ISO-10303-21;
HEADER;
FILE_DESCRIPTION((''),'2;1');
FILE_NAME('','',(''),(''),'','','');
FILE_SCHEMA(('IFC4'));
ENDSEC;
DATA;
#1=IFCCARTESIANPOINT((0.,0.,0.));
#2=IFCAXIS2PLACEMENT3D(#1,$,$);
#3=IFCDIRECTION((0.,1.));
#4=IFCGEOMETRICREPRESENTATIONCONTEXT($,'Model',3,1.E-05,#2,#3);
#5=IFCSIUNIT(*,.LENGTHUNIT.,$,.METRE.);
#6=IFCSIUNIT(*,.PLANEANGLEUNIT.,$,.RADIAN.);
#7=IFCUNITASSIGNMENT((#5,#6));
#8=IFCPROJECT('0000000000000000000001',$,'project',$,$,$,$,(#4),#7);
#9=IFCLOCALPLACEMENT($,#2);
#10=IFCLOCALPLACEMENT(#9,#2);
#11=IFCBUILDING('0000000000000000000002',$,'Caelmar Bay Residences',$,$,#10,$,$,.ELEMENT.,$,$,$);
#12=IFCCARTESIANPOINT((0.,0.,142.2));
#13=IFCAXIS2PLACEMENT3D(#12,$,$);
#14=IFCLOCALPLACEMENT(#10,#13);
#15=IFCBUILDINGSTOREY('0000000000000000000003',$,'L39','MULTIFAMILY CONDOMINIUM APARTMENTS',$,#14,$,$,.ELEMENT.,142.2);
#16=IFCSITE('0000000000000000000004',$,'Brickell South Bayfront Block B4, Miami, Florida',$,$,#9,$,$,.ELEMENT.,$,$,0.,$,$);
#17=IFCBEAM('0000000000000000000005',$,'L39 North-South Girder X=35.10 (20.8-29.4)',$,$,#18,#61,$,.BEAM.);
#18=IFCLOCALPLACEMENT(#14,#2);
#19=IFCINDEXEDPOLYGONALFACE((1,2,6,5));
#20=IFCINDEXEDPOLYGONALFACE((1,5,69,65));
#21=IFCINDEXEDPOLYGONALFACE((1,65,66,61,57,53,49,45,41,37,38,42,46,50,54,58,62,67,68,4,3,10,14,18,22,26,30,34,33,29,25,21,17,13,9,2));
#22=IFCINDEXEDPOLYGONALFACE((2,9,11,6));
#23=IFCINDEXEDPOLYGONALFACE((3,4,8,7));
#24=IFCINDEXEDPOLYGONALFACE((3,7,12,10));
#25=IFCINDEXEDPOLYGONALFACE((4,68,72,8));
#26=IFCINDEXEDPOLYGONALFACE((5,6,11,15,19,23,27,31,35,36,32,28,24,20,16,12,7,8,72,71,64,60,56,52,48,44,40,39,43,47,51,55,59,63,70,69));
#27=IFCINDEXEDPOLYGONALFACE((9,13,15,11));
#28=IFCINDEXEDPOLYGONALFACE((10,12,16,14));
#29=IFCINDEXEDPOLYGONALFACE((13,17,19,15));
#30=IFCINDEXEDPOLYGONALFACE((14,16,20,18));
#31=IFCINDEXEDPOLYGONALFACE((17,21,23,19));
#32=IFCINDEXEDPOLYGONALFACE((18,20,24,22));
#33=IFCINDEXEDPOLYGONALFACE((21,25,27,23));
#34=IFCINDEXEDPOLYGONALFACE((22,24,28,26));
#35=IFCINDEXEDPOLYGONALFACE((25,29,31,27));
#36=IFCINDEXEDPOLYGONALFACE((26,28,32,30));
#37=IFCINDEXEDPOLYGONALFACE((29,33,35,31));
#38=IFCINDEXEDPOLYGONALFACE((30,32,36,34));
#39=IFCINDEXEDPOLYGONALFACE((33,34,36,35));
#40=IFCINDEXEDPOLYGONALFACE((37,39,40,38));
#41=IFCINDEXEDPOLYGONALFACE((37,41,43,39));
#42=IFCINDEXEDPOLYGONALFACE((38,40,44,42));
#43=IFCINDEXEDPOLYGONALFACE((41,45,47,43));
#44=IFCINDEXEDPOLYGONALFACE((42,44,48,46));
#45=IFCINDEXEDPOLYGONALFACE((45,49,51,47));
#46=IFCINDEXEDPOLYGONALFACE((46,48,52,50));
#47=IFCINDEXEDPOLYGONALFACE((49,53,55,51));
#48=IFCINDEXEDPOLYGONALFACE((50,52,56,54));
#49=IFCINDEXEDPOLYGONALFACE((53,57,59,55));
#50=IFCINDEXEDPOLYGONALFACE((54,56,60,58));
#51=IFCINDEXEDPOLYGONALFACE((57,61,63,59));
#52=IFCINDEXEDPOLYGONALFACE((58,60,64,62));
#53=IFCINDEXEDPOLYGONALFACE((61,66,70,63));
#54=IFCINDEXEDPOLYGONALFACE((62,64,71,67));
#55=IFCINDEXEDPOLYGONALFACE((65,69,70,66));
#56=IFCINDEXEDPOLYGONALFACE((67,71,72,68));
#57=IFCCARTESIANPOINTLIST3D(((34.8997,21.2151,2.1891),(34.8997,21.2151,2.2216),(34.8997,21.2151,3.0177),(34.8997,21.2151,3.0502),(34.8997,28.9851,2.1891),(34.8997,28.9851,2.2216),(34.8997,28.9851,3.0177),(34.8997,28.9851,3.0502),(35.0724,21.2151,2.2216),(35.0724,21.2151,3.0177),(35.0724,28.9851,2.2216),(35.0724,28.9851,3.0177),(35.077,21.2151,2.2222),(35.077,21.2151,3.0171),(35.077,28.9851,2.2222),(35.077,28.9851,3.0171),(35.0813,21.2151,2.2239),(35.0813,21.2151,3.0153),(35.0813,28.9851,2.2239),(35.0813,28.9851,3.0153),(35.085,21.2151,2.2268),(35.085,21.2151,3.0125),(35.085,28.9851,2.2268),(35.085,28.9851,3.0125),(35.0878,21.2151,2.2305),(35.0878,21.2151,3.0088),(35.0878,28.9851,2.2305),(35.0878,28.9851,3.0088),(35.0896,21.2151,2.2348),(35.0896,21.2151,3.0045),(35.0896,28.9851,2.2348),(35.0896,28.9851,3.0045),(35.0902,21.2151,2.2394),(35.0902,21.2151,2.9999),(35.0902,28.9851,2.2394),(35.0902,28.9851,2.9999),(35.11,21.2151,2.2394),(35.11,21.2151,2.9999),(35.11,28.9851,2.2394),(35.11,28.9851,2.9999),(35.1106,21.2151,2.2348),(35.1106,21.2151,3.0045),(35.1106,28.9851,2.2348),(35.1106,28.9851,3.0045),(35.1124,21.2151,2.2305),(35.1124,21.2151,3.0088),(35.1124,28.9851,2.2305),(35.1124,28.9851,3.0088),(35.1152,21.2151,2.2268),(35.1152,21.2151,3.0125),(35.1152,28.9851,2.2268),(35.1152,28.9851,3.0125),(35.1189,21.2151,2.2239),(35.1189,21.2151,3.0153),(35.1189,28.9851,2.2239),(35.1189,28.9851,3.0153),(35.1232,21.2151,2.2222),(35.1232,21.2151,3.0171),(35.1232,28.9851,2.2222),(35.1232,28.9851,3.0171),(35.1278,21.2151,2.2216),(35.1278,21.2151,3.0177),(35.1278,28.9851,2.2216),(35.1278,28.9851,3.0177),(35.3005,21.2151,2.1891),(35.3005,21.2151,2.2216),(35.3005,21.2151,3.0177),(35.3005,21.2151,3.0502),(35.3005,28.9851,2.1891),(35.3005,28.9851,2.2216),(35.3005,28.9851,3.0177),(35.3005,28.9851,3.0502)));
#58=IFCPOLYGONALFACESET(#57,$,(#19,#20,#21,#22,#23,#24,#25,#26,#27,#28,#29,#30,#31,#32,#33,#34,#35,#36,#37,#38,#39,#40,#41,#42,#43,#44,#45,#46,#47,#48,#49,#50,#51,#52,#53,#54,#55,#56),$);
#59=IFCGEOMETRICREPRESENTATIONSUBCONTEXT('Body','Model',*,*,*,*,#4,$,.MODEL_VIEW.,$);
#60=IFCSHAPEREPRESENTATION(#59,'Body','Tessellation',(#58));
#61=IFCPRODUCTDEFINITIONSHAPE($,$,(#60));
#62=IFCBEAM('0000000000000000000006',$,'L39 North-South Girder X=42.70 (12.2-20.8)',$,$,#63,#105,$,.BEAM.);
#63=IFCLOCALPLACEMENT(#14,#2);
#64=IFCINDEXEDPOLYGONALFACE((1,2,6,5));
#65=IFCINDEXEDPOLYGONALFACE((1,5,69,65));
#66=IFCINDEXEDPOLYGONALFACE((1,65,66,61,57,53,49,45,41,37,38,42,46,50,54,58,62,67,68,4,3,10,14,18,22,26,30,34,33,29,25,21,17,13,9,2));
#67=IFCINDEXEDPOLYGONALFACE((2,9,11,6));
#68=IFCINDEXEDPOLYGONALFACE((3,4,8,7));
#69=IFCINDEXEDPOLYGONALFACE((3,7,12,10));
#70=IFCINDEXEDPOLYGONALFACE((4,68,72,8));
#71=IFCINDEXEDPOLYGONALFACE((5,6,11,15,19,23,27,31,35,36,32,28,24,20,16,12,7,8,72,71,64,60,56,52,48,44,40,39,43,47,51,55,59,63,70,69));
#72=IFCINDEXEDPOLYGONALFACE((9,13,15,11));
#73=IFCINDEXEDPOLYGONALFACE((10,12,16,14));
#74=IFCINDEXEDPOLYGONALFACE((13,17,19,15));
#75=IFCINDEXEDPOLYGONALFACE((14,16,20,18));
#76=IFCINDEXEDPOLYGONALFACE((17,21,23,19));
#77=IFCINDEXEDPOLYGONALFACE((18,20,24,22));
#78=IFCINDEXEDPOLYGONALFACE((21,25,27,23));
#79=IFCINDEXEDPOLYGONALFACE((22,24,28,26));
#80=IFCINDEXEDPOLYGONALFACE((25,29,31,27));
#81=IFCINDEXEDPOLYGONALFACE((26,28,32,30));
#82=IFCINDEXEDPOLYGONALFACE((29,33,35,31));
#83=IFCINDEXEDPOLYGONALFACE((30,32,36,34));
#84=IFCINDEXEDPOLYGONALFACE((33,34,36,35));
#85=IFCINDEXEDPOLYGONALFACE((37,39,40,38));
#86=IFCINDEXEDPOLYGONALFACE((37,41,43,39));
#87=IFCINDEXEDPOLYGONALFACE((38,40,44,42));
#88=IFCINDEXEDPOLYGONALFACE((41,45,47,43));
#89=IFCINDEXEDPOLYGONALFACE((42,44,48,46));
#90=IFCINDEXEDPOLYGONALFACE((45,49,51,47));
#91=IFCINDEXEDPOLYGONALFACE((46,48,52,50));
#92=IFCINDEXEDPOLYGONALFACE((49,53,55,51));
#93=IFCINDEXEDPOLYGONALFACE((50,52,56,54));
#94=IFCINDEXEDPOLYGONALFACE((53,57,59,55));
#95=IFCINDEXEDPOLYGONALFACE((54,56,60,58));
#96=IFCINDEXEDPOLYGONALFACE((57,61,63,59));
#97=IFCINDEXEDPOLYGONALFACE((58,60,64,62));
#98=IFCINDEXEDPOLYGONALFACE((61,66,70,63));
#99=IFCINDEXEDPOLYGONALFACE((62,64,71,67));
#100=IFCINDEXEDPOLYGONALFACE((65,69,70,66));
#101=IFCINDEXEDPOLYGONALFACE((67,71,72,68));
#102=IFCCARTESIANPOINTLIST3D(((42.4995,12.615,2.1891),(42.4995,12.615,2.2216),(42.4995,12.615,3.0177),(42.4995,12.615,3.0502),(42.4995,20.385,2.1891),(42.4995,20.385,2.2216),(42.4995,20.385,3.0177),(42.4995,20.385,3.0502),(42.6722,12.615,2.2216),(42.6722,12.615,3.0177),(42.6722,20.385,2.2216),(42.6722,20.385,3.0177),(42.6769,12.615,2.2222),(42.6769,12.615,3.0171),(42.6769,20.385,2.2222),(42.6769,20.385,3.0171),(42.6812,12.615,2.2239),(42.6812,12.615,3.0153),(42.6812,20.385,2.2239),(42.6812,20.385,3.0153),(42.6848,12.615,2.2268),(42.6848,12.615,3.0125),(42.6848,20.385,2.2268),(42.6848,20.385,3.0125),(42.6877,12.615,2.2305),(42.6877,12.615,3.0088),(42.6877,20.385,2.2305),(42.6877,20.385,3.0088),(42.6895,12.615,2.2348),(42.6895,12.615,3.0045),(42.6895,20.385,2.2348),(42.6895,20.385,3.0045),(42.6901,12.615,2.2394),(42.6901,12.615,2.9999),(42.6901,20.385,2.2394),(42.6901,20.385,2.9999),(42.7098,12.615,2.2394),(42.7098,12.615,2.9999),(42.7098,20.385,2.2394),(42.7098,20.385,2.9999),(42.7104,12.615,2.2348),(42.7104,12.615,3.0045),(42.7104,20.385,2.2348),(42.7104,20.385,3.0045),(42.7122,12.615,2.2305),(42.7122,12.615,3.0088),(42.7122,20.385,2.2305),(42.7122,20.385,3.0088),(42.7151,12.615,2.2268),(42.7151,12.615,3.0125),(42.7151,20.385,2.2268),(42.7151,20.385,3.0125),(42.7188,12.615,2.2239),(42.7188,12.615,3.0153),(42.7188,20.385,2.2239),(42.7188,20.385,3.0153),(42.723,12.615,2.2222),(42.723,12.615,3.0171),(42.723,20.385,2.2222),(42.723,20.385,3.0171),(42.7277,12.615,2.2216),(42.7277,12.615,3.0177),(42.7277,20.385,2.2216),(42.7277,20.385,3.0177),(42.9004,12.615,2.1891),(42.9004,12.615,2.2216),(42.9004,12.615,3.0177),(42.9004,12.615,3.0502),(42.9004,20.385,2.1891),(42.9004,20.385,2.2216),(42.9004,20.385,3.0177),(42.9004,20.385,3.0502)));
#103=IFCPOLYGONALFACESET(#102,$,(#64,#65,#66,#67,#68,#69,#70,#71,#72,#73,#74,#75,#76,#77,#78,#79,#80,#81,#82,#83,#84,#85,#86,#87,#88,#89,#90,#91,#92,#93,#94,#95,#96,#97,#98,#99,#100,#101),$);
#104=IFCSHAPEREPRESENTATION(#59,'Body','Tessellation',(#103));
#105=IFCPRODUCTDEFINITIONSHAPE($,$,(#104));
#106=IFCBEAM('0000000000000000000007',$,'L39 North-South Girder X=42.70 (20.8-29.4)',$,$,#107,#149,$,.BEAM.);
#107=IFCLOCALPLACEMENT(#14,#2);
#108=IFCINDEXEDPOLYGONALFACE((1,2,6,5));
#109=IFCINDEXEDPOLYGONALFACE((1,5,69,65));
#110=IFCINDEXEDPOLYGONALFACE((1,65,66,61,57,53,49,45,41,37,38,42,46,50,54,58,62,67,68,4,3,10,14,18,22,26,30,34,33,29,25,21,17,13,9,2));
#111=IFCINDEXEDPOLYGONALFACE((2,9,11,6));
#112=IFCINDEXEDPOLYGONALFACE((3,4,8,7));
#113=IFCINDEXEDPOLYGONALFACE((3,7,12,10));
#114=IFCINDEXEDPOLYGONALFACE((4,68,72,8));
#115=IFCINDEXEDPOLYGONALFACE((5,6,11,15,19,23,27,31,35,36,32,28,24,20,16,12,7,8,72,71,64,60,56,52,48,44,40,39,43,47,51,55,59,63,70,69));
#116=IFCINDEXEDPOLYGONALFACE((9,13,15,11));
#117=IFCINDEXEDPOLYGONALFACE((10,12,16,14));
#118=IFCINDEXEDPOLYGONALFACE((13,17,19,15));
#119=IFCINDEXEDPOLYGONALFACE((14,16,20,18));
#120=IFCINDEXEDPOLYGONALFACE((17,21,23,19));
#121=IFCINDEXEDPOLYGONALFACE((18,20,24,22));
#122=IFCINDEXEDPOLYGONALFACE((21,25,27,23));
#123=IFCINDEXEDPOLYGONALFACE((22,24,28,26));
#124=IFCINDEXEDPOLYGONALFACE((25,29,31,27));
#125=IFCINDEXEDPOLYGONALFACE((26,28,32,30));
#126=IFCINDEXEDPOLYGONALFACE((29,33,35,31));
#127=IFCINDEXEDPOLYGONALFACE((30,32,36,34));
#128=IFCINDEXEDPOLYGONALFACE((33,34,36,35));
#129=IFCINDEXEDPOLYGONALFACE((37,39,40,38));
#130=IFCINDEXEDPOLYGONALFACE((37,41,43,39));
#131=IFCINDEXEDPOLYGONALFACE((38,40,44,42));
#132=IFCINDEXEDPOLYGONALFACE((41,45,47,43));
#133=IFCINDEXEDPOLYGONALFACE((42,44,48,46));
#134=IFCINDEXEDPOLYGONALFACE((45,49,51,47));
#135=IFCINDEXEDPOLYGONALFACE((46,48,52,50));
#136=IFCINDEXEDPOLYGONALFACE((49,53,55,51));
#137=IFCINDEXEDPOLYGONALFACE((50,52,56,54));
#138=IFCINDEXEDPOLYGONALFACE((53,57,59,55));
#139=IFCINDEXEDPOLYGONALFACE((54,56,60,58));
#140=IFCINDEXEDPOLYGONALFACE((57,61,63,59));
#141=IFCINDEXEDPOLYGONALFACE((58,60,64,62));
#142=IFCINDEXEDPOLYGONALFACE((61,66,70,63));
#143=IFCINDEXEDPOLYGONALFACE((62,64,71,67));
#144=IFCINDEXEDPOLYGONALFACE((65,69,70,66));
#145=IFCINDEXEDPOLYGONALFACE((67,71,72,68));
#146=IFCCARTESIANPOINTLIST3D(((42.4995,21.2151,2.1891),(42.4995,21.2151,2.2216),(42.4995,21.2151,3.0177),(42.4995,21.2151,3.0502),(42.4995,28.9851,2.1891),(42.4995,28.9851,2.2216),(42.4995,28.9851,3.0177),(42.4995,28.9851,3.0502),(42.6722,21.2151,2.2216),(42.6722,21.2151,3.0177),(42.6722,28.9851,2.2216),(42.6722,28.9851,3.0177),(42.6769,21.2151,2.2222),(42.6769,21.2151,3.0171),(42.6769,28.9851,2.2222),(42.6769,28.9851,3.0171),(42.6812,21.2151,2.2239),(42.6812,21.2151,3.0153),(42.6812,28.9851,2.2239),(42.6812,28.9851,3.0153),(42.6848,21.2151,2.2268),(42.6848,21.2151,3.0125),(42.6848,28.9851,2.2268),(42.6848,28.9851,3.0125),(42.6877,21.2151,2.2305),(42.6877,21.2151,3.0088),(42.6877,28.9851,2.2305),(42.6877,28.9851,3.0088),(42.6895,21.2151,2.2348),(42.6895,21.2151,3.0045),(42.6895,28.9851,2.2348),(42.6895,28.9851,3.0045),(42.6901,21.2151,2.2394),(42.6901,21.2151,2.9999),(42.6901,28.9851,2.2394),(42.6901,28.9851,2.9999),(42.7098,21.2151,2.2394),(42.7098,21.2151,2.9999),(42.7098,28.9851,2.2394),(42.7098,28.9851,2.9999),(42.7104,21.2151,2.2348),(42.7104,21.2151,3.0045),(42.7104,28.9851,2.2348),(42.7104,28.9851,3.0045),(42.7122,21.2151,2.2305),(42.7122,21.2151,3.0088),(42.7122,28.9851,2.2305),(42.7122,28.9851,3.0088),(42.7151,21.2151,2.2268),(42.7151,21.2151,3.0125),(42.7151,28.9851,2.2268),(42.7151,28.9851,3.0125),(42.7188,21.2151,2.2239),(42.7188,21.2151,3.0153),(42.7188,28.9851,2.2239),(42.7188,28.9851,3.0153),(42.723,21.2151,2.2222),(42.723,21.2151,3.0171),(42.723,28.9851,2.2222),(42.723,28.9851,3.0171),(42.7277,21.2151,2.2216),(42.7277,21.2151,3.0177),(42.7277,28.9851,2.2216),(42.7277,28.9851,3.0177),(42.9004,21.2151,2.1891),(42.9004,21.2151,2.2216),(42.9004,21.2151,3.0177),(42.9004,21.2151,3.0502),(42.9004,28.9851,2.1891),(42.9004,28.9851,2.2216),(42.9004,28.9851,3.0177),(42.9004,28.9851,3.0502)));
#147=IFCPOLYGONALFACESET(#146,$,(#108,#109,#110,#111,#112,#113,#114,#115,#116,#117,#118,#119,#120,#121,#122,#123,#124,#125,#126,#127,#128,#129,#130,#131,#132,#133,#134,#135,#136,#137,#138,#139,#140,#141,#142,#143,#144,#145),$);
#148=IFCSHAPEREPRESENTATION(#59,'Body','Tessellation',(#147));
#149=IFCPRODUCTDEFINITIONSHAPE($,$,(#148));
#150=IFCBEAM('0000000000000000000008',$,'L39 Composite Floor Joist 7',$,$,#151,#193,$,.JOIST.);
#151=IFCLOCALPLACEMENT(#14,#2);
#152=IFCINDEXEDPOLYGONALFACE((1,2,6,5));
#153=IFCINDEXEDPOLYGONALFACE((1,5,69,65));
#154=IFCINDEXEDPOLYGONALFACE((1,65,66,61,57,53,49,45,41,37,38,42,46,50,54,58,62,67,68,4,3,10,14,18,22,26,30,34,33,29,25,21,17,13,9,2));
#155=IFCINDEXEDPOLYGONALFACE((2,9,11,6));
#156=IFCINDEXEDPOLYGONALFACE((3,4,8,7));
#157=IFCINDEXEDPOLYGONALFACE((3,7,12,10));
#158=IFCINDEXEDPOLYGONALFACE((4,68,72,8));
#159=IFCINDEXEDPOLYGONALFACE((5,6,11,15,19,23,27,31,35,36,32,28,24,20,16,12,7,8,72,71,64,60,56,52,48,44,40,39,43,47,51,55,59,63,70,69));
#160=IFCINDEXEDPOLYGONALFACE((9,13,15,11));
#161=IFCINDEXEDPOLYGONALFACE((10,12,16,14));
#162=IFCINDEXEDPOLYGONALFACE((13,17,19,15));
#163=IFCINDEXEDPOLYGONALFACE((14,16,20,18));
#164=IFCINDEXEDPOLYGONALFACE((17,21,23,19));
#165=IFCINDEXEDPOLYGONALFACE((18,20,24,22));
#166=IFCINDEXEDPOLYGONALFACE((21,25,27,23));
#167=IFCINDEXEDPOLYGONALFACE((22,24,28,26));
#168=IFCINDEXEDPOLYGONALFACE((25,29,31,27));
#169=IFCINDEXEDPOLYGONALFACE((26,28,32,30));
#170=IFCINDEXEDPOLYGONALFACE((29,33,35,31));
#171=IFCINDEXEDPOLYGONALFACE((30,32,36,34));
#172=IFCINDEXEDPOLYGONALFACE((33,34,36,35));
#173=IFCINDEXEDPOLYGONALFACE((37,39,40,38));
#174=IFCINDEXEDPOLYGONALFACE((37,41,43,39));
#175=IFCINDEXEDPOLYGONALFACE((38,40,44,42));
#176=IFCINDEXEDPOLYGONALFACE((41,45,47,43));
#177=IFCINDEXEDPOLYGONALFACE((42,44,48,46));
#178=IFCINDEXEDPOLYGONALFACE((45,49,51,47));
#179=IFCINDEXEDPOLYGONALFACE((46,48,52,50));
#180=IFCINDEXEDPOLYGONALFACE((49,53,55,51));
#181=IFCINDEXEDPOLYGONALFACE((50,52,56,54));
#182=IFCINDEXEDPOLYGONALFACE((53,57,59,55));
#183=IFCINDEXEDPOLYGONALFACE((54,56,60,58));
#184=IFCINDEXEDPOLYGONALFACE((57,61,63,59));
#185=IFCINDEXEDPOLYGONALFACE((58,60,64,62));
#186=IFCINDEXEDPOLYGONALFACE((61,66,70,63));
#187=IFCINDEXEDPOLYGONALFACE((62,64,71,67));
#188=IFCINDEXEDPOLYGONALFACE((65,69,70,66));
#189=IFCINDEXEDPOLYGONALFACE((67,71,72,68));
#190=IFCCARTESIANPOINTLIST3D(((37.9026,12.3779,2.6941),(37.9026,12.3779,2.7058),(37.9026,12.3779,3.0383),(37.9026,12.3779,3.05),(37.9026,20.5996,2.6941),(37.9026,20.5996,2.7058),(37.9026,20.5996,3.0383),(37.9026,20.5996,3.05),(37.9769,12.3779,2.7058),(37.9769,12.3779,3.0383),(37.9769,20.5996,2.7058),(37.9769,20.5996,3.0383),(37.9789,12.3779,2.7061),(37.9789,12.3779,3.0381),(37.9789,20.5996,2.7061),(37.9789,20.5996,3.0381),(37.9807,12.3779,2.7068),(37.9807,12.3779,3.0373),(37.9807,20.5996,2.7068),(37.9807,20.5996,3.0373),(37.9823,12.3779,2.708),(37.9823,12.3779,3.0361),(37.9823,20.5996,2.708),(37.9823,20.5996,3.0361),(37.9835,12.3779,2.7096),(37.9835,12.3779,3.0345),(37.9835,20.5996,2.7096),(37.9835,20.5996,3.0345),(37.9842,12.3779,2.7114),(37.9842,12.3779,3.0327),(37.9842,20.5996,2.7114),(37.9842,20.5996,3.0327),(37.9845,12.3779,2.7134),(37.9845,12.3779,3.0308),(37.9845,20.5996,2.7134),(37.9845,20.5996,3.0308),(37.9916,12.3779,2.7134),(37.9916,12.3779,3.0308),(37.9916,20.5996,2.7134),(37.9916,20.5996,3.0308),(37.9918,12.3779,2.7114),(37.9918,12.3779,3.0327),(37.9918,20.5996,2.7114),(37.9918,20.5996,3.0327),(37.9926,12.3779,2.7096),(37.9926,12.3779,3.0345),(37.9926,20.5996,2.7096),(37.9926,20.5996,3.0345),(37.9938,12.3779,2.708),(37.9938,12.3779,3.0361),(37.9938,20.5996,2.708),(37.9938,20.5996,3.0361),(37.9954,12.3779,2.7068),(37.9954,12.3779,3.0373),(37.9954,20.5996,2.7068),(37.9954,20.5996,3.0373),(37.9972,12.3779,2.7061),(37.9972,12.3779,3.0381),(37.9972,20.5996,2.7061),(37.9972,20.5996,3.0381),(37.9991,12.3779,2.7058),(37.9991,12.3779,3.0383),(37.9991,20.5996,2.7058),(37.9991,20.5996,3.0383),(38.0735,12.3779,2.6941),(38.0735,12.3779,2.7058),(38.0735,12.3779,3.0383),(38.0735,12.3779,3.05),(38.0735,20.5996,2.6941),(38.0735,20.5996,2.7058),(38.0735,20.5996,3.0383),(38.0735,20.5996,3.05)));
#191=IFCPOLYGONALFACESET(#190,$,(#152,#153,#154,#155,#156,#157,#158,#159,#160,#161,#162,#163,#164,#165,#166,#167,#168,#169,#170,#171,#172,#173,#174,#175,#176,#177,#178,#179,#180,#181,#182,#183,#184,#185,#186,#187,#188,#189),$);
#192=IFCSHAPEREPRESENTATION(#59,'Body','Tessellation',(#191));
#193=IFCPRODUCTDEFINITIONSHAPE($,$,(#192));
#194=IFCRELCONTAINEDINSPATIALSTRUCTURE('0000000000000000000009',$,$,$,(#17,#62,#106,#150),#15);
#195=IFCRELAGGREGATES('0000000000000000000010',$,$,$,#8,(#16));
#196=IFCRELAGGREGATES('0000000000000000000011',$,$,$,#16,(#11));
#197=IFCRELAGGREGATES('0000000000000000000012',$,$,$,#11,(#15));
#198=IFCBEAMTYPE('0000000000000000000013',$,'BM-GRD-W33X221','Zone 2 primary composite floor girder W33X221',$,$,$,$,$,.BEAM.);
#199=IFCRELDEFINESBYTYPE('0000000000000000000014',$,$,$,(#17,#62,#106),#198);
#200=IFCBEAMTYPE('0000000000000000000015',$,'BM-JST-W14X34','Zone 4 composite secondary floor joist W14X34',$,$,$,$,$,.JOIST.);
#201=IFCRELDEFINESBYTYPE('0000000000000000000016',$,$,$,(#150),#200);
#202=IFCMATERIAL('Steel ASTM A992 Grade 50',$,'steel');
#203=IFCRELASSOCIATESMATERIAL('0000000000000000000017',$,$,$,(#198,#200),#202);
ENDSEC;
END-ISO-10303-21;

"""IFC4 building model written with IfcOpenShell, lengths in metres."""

from ifc_helpers import new_model, si_unit, direction, frame, origin, origin_2d, place, context, subcontext, project, spatial, i_section, extrude, material, material_profile, profile_set, type_object, element, save


model = new_model("IFC4")

# Units and contexts
model_context = context("Model", 3, precision=1e-05, world=origin(), true_north=direction((0.0, 1.0)))
body_context = subcontext(model_context, "Body", "Model", "MODEL_VIEW")
ifc_project = project(units=[si_unit("LENGTHUNIT", "METRE"), si_unit("PLANEANGLEUNIT", "RADIAN")], contexts=[model_context])

# Site, building, storey
site_placement = place(None, origin())
site = spatial("IfcSite", under=ifc_project, at=site_placement, Name="Brickell South Bayfront Block B4, Miami, Florida", CompositionType="ELEMENT", RefElevation=0.0)
building_placement = place(site_placement, origin())
building = spatial("IfcBuilding", under=site, at=building_placement, Name="Caelmar Bay Residences", CompositionType="ELEMENT")
storey_placement = place(building_placement, frame((0.0, 0.0, 142.2)))
storey = spatial("IfcBuildingStorey", under=building, at=storey_placement, Name="L39", Description="MULTIFAMILY CONDOMINIUM APARTMENTS", CompositionType="ELEMENT", Elevation=142.2)

# Beams
ifc_material_1 = material(Name="Steel ASTM A992 Grade 50", Category="steel")
ifc_material_profile_1 = material_profile(ifc_material_1, i_section(OverallWidth=0.4009, OverallDepth=0.8611, WebThickness=0.0198, FlangeThickness=0.0325, FilletRadius=0.0178, at=origin_2d()), Name="W33X221")
ifc_profile_set_1 = profile_set([ifc_material_profile_1], Name="Steel ASTM A992 Grade 50")
beam_type_1 = type_object("IfcBeamType", Name="BM-GRD-W33X221", Description="Zone 2 primary composite floor girder W33X221", PredefinedType="BEAM", material=ifc_profile_set_1)
for number, where, z_axis, x_axis, name in (
    (1, (35.1001, 21.2151, 2.6196), (0.0, 1.0, 0.0), (-1.0, 0.0, 0.0), "L39 North-South Girder X=35.10 (20.8-29.4)"),
    (2, (42.7, 12.615, 2.6196), (0.0, 1.0, 0.0), (-1.0, 0.0, 0.0), "L39 North-South Girder X=42.70 (12.2-20.8)"),
    (3, (42.7, 21.2151, 2.6196), (0.0, 1.0, 0.0), (-1.0, 0.0, 0.0), "L39 North-South Girder X=42.70 (20.8-29.4)"),
):
    element("IfcBeam", number, at=place(storey_placement, frame(where, z_axis=z_axis, x_axis=x_axis)), inside=storey, type_object=beam_type_1, Name=name, PredefinedType="BEAM", context=body_context, shape_type="SweptSolid", body=[
        extrude(i_section(OverallWidth=0.4009, OverallDepth=0.8611, WebThickness=0.0198, FlangeThickness=0.0325, FilletRadius=0.0178, at=origin_2d()), origin(), (0.0, 0.0, 1.0), 7.77),
    ])
ifc_material_profile_2 = material_profile(ifc_material_1, i_section(OverallWidth=0.1709, OverallDepth=0.356, WebThickness=0.0071, FlangeThickness=0.0117, FilletRadius=0.0076, at=origin_2d()), Name="W14X34")
ifc_profile_set_2 = profile_set([ifc_material_profile_2], Name="Steel ASTM A992 Grade 50")
beam_type_2 = type_object("IfcBeamType", Name="BM-JST-W14X34", Description="Zone 4 composite secondary floor joist W14X34", PredefinedType="JOIST", material=ifc_profile_set_2)
for number, where, z_axis, x_axis, name in (
    (4, (37.988, 12.3779, 2.8721), (0.0, 1.0, 0.0), (-1.0, 0.0, 0.0), "L39 Composite Floor Joist 7"),
):
    element("IfcBeam", number, at=place(storey_placement, frame(where, z_axis=z_axis, x_axis=x_axis)), inside=storey, type_object=beam_type_2, Name=name, PredefinedType="JOIST", context=body_context, shape_type="SweptSolid", body=[
        extrude(i_section(OverallWidth=0.1709, OverallDepth=0.356, WebThickness=0.0071, FlangeThickness=0.0117, FilletRadius=0.0076, at=origin_2d()), origin(), (0.0, 0.0, 1.0), 8.2217),
    ])

save(model, "model.ifc")
